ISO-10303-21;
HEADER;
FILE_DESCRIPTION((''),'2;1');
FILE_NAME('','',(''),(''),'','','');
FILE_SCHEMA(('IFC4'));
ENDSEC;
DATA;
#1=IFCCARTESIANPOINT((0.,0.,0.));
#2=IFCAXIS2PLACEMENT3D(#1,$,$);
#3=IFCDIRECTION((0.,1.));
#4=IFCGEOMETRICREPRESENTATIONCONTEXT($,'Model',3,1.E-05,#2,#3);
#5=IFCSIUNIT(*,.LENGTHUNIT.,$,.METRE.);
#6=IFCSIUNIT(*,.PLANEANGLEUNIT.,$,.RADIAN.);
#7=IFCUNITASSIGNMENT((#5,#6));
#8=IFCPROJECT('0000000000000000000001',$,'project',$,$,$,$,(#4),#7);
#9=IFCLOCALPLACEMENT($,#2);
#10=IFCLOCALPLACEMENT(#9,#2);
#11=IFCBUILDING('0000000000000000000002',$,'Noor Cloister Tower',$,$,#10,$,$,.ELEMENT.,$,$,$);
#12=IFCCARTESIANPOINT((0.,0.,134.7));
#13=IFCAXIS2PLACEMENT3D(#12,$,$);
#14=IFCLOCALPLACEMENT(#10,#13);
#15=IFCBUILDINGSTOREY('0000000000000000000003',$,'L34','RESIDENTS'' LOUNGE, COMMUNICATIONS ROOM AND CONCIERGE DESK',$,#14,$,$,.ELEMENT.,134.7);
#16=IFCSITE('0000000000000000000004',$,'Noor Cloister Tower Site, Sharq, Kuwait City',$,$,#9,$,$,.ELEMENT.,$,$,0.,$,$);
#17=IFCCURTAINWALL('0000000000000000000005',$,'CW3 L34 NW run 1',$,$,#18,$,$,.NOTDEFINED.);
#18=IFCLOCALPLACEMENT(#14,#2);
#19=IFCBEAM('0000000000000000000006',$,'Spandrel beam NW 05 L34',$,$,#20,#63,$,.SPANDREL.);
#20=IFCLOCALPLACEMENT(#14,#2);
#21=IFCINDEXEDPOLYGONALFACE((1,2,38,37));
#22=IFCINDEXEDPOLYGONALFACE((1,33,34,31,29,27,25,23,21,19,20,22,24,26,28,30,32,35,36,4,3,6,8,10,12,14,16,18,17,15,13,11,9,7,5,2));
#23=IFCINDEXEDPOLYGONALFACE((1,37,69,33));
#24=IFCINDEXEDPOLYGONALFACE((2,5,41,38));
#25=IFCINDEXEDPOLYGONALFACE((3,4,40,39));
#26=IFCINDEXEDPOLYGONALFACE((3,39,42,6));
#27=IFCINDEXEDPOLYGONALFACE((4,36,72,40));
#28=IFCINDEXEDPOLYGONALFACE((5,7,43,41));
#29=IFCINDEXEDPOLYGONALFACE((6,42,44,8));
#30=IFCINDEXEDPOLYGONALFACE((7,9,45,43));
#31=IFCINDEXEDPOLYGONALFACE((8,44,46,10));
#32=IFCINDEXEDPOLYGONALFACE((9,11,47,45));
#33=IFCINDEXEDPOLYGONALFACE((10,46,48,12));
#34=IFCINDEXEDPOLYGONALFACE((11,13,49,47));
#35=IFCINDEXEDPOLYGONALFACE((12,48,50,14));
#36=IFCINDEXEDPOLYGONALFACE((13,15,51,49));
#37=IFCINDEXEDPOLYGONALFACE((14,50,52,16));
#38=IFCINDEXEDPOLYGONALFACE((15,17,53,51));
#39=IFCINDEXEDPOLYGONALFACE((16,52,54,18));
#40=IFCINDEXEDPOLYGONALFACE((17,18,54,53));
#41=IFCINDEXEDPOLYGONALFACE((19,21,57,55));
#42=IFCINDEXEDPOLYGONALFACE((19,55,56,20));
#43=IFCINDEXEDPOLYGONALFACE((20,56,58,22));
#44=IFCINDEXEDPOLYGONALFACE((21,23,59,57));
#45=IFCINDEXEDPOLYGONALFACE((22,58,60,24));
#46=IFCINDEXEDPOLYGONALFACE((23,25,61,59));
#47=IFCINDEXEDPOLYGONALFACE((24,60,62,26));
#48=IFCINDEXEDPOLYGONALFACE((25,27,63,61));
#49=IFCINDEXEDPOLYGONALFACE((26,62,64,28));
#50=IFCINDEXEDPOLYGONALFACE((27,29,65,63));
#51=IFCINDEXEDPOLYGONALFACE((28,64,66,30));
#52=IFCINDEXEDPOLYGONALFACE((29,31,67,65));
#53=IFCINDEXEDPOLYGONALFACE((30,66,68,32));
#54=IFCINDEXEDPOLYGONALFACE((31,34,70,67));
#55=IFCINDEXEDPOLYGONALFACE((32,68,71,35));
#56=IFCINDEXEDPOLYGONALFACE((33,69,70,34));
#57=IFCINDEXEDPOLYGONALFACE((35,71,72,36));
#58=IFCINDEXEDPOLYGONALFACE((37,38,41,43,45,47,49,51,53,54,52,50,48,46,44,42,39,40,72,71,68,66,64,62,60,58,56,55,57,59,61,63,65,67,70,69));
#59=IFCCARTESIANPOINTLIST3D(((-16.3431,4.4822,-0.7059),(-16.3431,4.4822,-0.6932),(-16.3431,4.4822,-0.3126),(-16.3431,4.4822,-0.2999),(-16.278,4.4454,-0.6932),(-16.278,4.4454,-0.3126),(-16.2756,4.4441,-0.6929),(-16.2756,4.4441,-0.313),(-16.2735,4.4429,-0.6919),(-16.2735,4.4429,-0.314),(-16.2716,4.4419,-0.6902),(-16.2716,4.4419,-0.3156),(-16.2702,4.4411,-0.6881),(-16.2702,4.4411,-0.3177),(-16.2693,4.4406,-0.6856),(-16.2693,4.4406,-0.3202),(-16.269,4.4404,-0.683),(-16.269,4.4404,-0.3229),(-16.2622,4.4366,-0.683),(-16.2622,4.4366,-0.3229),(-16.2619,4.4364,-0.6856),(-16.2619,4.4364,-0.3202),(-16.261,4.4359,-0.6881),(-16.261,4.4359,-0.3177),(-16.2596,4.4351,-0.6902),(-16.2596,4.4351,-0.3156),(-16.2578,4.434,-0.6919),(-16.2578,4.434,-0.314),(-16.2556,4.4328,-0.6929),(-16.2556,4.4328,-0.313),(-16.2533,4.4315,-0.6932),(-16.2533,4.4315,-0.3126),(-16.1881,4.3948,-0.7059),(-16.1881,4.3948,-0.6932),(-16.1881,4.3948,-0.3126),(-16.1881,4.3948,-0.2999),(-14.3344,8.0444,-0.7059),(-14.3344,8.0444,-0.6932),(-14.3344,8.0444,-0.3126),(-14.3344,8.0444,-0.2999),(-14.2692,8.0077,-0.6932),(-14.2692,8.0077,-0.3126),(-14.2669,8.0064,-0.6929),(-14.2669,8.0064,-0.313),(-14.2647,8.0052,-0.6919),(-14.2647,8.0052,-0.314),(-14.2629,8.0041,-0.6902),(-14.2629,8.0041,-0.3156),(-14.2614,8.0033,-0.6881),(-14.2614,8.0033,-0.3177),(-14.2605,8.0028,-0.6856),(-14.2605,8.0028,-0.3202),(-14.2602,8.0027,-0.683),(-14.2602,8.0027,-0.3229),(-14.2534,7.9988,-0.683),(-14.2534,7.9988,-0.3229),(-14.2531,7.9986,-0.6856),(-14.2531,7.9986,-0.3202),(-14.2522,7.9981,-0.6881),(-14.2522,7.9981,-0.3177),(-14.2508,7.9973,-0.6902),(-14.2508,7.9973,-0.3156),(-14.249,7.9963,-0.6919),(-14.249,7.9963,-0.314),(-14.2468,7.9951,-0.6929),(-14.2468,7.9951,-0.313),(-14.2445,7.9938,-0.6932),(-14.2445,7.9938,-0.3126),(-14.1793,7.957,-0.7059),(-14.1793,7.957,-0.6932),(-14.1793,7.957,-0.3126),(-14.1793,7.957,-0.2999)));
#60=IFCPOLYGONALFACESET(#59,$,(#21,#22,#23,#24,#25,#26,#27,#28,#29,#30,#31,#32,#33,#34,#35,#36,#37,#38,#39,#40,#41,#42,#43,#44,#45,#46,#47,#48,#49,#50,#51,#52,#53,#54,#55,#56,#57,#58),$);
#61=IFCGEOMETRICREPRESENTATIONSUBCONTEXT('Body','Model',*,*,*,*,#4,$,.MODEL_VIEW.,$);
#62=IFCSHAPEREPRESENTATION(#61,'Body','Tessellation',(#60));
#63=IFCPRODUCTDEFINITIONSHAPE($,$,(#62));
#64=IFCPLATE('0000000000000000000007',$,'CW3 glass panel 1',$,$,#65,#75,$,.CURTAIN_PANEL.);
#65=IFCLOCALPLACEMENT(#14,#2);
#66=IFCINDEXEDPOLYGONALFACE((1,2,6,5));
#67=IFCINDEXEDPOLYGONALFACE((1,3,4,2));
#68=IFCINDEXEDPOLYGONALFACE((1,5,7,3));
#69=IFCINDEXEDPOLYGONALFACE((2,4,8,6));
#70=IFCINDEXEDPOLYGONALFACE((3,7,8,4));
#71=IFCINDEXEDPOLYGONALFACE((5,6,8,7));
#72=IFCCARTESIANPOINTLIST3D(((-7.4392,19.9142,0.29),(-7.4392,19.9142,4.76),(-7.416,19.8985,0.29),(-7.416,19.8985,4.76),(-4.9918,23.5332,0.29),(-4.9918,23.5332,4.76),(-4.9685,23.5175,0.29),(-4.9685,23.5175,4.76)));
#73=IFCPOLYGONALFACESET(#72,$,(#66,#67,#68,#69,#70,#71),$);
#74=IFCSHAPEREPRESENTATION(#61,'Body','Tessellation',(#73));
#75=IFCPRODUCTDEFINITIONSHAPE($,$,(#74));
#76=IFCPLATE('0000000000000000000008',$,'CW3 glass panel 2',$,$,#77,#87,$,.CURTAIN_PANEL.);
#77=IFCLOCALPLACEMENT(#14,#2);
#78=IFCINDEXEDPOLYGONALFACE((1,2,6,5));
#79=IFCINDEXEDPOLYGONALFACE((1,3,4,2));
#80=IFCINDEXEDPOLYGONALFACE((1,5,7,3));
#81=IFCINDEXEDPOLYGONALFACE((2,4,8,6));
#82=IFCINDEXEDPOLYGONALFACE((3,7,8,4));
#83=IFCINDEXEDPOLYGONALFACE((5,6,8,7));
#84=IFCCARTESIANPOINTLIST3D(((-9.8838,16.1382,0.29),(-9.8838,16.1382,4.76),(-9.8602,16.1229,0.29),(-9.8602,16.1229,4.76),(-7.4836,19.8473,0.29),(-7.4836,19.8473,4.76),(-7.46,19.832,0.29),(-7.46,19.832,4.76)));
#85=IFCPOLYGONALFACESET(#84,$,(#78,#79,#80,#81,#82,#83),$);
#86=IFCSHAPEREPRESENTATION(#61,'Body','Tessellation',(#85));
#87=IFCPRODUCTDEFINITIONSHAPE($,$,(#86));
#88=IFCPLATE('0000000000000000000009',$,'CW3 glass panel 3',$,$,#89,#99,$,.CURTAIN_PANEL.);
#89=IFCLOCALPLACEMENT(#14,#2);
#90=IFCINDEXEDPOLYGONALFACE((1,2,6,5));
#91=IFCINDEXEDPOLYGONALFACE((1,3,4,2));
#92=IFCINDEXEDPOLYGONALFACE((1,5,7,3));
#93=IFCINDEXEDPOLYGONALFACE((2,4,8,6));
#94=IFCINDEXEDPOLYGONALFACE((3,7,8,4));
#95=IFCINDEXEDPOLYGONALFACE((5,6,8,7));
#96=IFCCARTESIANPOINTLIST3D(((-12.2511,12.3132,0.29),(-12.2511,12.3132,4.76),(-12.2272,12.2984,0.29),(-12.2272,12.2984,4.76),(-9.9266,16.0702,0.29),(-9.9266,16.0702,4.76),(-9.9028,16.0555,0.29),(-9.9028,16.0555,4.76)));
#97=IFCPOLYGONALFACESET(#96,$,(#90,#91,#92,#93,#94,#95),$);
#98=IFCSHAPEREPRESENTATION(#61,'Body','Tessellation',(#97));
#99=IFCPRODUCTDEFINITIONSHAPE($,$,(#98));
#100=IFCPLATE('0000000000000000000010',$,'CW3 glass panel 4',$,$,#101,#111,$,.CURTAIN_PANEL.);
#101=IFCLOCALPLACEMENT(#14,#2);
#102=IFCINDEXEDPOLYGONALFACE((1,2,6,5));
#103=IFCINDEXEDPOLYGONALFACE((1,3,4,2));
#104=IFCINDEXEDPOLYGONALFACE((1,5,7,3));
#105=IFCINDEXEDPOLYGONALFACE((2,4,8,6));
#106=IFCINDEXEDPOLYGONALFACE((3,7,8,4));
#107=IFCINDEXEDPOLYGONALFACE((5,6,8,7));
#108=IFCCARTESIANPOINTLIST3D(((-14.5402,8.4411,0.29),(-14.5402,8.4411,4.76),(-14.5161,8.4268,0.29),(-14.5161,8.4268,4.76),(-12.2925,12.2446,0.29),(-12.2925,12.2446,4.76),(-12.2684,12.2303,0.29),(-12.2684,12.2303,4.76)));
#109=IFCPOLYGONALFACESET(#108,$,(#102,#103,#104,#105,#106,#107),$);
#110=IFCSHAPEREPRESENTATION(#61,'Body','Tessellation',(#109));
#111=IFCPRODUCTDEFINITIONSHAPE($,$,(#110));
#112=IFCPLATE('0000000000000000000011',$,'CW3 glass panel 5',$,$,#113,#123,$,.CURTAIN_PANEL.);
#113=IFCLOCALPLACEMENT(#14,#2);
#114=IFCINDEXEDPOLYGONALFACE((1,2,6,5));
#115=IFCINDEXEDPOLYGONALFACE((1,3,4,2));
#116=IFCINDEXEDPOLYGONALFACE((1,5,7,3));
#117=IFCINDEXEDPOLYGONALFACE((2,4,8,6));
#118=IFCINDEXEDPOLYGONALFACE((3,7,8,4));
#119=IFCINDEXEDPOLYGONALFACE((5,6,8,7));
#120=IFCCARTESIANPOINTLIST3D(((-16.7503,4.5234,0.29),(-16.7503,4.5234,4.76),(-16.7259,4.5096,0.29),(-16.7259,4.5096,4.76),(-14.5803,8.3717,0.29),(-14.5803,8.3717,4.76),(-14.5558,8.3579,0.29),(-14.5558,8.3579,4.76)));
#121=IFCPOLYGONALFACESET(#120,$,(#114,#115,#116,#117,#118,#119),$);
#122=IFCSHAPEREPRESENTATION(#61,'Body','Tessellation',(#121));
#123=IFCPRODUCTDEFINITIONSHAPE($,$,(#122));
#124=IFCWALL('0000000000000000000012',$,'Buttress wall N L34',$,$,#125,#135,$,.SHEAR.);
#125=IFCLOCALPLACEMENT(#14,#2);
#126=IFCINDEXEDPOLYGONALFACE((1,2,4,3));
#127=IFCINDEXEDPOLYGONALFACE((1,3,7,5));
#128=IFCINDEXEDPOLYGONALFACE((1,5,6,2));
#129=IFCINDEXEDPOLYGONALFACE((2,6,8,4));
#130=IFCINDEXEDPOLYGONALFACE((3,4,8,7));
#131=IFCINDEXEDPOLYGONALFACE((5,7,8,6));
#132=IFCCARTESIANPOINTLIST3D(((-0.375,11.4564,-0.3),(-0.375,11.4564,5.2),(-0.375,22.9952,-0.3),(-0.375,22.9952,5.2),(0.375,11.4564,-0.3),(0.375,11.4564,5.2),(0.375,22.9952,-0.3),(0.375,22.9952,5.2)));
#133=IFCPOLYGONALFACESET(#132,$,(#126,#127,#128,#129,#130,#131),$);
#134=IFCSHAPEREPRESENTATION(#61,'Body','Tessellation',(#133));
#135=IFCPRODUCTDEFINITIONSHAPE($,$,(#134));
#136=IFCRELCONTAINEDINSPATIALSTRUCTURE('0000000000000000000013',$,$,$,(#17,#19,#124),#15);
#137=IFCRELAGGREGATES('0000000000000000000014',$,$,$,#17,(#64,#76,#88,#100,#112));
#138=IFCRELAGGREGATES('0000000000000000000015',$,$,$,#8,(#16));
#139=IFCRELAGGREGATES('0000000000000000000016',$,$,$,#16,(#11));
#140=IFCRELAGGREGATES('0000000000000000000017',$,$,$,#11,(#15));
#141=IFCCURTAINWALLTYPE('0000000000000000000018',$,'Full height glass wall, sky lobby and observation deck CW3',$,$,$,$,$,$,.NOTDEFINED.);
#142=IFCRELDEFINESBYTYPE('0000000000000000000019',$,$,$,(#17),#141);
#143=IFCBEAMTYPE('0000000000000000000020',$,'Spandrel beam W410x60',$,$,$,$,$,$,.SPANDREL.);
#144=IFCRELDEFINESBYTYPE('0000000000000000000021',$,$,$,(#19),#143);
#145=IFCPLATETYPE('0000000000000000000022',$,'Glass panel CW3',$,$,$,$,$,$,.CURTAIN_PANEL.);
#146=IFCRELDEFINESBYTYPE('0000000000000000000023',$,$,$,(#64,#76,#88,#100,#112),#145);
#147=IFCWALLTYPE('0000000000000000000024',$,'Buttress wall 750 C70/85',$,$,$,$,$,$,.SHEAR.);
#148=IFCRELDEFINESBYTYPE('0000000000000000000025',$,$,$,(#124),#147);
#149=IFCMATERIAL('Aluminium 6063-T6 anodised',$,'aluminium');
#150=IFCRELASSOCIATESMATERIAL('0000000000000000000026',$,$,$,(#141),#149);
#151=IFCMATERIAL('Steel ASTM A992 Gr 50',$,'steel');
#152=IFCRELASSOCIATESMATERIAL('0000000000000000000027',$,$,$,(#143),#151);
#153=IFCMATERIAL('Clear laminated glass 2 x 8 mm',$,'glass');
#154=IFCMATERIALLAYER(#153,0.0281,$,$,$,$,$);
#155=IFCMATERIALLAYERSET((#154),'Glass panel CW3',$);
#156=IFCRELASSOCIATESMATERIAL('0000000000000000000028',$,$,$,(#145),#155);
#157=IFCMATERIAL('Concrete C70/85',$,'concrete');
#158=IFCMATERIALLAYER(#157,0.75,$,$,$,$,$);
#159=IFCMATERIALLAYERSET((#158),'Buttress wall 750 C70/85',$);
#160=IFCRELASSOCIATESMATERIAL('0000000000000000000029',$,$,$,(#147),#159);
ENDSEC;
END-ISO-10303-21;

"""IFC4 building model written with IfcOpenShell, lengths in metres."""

from ifc_helpers import new_model, si_unit, direction, frame, frame_2d, origin, origin_2d, place, context, subcontext, project, spatial, rectangle, i_section, extrude, material, layer, layer_set, material_profile, profile_set, type_object, element, aggregate, save


model = new_model("IFC4")

# Units and contexts
model_context = context("Model", 3, precision=1e-05, world=origin(), true_north=direction((0.0, 1.0)))
body_context = subcontext(model_context, "Body", "Model", "MODEL_VIEW")
ifc_project = project(units=[si_unit("LENGTHUNIT", "METRE"), si_unit("PLANEANGLEUNIT", "RADIAN")], contexts=[model_context])

# Site, building, storey
site_placement = place(None, origin())
site = spatial("IfcSite", under=ifc_project, at=site_placement, Name="Noor Cloister Tower Site, Sharq, Kuwait City", CompositionType="ELEMENT", RefElevation=0.0)
building_placement = place(site_placement, origin())
building = spatial("IfcBuilding", under=site, at=building_placement, Name="Noor Cloister Tower", CompositionType="ELEMENT")
storey_placement = place(building_placement, frame((0.0, 0.0, 134.7)))
storey = spatial("IfcBuildingStorey", under=building, at=storey_placement, Name="L34", Description="RESIDENTS' LOUNGE, COMMUNICATIONS ROOM AND CONCIERGE DESK", CompositionType="ELEMENT", Elevation=134.7)

# Curtain wall
ifc_material_1 = material(Name="Aluminium 6063-T6 anodised", Category="aluminium")
curtain_wall_type = type_object("IfcCurtainWallType", Name="Full height glass wall, sky lobby and observation deck CW3", PredefinedType="NOTDEFINED", material=ifc_material_1)
curtain_wall_placement = place(storey_placement, origin())
curtain_wall = element("IfcCurtainWall", 1, at=curtain_wall_placement, inside=storey, type_object=curtain_wall_type, Name="CW3 L34 NW run 1", PredefinedType="NOTDEFINED")

# Beam
ifc_material_2 = material(Name="Steel ASTM A992 Gr 50", Category="steel")
ifc_material_profile_1 = material_profile(ifc_material_2, i_section(OverallWidth=0.178, OverallDepth=0.406, WebThickness=0.0078, FlangeThickness=0.0127, FilletRadius=0.0103, at=origin_2d()), Name="W410x60")
ifc_profile_set_1 = profile_set([ifc_material_profile_1], Name="Steel ASTM A992 Gr 50")
beam_type_1 = type_object("IfcBeamType", Name="Spandrel beam W410x60", PredefinedType="SPANDREL", material=ifc_profile_set_1)
for number, where, z_axis, x_axis, name in (
    (2, (-14.2568, 8.0007, -0.5029), (-0.491193, -0.871051, 0.0), (0.871051, -0.491193, 0.0), "Spandrel beam NW 05 L34"),
):
    element("IfcBeam", number, at=place(storey_placement, frame(where, z_axis=z_axis, x_axis=x_axis)), inside=storey, type_object=beam_type_1, Name=name, PredefinedType="SPANDREL", context=body_context, shape_type="SweptSolid", body=[
        extrude(i_section(OverallWidth=0.178, OverallDepth=0.406, WebThickness=0.0078, FlangeThickness=0.0127, FilletRadius=0.0103, at=origin_2d()), origin(), (0.0, 0.0, 1.0), 4.0896),
    ])

# Plates
ifc_material_3 = material(Name="Clear laminated glass 2 x 8 mm", Category="glass")
ifc_layer_1 = layer(ifc_material_3, 0.0281)
ifc_layer_set_1 = layer_set([ifc_layer_1], Name="Glass panel CW3")
plate_type = type_object("IfcPlateType", Name="Glass panel CW3", PredefinedType="CURTAIN_PANEL", material=ifc_layer_set_1)
plate_1_placement = place(storey_placement, frame((-6.2039, 21.7158, 0.29), z_axis=(0.0, 0.0, 1.0), x_axis=(-0.560203, -0.828356, 0.0)))
plate_1 = element("IfcPlate", 3, at=plate_1_placement, type_object=plate_type, Name="CW3 glass panel 1", PredefinedType="CURTAIN_PANEL", context=body_context, shape_type="SweptSolid", body=[
    extrude(rectangle(XDim=4.3689, YDim=0.0281, at=origin_2d()), origin(), (0.0, 0.0, 1.0), 4.47),
])
plate_2_placement = place(storey_placement, frame((-8.6719, 17.9851, 0.29), z_axis=(0.0, 0.0, 1.0), x_axis=(-0.543277, -0.839553, 0.0)))
plate_2 = element("IfcPlate", 4, at=plate_2_placement, type_object=plate_type, Name="CW3 glass panel 2", PredefinedType="CURTAIN_PANEL", context=body_context, shape_type="SweptSolid", body=[
    extrude(rectangle(XDim=4.418, YDim=0.0281, at=origin_2d()), origin(), (0.0, 0.0, 1.0), 4.47),
])
plate_3_placement = place(storey_placement, frame((-11.0769, 14.1843, 0.29), z_axis=(0.0, 0.0, 1.0), x_axis=(-0.526128, -0.850405, 0.0)))
plate_3 = element("IfcPlate", 5, at=plate_3_placement, type_object=plate_type, Name="CW3 glass panel 3", PredefinedType="CURTAIN_PANEL", context=body_context, shape_type="SweptSolid", body=[
    extrude(rectangle(XDim=4.418, YDim=0.0281, at=origin_2d()), origin(), (0.0, 0.0, 1.0), 4.47),
])
plate_4_placement = place(storey_placement, frame((-13.4043, 10.3357, 0.29), z_axis=(0.0, 0.0, 1.0), x_axis=(-0.508762, -0.860907, 0.0)))
plate_4 = element("IfcPlate", 6, at=plate_4_placement, type_object=plate_type, Name="CW3 glass panel 4", PredefinedType="CURTAIN_PANEL", context=body_context, shape_type="SweptSolid", body=[
    extrude(rectangle(XDim=4.418, YDim=0.0281, at=origin_2d()), origin(), (0.0, 0.0, 1.0), 4.47),
])
plate_5_placement = place(storey_placement, frame((-15.6531, 6.4407, 0.29), z_axis=(0.0, 0.0, 1.0), x_axis=(-0.491187, -0.871054, 0.0)))
plate_5 = element("IfcPlate", 7, at=plate_5_placement, type_object=plate_type, Name="CW3 glass panel 5", PredefinedType="CURTAIN_PANEL", context=body_context, shape_type="SweptSolid", body=[
    extrude(rectangle(XDim=4.418, YDim=0.0281, at=origin_2d()), origin(), (0.0, 0.0, 1.0), 4.47),
])
aggregate(curtain_wall, [plate_1, plate_2, plate_3, plate_4, plate_5])

# Wall
ifc_material_4 = material(Name="Concrete C70/85", Category="concrete")
ifc_layer_2 = layer(ifc_material_4, 0.75)
ifc_layer_set_2 = layer_set([ifc_layer_2], Name="Buttress wall 750 C70/85")
wall_type_1 = type_object("IfcWallType", Name="Buttress wall 750 C70/85", PredefinedType="SHEAR", material=ifc_layer_set_2)
wall_1_placement = place(storey_placement, frame((0.0, 11.4563, -0.3), z_axis=(0.0, 0.0, 1.0), x_axis=(0.0, 1.0, 0.0)))
element("IfcWall", 8, at=wall_1_placement, inside=storey, type_object=wall_type_1, Name="Buttress wall N L34", PredefinedType="SHEAR", context=body_context, shape_type="SweptSolid", body=[
    extrude(rectangle(XDim=11.5388, YDim=0.75, at=frame_2d((5.7695, 0.0))), origin(), (0.0, 0.0, 1.0), 5.5),
])

save(model, "model.ifc")
